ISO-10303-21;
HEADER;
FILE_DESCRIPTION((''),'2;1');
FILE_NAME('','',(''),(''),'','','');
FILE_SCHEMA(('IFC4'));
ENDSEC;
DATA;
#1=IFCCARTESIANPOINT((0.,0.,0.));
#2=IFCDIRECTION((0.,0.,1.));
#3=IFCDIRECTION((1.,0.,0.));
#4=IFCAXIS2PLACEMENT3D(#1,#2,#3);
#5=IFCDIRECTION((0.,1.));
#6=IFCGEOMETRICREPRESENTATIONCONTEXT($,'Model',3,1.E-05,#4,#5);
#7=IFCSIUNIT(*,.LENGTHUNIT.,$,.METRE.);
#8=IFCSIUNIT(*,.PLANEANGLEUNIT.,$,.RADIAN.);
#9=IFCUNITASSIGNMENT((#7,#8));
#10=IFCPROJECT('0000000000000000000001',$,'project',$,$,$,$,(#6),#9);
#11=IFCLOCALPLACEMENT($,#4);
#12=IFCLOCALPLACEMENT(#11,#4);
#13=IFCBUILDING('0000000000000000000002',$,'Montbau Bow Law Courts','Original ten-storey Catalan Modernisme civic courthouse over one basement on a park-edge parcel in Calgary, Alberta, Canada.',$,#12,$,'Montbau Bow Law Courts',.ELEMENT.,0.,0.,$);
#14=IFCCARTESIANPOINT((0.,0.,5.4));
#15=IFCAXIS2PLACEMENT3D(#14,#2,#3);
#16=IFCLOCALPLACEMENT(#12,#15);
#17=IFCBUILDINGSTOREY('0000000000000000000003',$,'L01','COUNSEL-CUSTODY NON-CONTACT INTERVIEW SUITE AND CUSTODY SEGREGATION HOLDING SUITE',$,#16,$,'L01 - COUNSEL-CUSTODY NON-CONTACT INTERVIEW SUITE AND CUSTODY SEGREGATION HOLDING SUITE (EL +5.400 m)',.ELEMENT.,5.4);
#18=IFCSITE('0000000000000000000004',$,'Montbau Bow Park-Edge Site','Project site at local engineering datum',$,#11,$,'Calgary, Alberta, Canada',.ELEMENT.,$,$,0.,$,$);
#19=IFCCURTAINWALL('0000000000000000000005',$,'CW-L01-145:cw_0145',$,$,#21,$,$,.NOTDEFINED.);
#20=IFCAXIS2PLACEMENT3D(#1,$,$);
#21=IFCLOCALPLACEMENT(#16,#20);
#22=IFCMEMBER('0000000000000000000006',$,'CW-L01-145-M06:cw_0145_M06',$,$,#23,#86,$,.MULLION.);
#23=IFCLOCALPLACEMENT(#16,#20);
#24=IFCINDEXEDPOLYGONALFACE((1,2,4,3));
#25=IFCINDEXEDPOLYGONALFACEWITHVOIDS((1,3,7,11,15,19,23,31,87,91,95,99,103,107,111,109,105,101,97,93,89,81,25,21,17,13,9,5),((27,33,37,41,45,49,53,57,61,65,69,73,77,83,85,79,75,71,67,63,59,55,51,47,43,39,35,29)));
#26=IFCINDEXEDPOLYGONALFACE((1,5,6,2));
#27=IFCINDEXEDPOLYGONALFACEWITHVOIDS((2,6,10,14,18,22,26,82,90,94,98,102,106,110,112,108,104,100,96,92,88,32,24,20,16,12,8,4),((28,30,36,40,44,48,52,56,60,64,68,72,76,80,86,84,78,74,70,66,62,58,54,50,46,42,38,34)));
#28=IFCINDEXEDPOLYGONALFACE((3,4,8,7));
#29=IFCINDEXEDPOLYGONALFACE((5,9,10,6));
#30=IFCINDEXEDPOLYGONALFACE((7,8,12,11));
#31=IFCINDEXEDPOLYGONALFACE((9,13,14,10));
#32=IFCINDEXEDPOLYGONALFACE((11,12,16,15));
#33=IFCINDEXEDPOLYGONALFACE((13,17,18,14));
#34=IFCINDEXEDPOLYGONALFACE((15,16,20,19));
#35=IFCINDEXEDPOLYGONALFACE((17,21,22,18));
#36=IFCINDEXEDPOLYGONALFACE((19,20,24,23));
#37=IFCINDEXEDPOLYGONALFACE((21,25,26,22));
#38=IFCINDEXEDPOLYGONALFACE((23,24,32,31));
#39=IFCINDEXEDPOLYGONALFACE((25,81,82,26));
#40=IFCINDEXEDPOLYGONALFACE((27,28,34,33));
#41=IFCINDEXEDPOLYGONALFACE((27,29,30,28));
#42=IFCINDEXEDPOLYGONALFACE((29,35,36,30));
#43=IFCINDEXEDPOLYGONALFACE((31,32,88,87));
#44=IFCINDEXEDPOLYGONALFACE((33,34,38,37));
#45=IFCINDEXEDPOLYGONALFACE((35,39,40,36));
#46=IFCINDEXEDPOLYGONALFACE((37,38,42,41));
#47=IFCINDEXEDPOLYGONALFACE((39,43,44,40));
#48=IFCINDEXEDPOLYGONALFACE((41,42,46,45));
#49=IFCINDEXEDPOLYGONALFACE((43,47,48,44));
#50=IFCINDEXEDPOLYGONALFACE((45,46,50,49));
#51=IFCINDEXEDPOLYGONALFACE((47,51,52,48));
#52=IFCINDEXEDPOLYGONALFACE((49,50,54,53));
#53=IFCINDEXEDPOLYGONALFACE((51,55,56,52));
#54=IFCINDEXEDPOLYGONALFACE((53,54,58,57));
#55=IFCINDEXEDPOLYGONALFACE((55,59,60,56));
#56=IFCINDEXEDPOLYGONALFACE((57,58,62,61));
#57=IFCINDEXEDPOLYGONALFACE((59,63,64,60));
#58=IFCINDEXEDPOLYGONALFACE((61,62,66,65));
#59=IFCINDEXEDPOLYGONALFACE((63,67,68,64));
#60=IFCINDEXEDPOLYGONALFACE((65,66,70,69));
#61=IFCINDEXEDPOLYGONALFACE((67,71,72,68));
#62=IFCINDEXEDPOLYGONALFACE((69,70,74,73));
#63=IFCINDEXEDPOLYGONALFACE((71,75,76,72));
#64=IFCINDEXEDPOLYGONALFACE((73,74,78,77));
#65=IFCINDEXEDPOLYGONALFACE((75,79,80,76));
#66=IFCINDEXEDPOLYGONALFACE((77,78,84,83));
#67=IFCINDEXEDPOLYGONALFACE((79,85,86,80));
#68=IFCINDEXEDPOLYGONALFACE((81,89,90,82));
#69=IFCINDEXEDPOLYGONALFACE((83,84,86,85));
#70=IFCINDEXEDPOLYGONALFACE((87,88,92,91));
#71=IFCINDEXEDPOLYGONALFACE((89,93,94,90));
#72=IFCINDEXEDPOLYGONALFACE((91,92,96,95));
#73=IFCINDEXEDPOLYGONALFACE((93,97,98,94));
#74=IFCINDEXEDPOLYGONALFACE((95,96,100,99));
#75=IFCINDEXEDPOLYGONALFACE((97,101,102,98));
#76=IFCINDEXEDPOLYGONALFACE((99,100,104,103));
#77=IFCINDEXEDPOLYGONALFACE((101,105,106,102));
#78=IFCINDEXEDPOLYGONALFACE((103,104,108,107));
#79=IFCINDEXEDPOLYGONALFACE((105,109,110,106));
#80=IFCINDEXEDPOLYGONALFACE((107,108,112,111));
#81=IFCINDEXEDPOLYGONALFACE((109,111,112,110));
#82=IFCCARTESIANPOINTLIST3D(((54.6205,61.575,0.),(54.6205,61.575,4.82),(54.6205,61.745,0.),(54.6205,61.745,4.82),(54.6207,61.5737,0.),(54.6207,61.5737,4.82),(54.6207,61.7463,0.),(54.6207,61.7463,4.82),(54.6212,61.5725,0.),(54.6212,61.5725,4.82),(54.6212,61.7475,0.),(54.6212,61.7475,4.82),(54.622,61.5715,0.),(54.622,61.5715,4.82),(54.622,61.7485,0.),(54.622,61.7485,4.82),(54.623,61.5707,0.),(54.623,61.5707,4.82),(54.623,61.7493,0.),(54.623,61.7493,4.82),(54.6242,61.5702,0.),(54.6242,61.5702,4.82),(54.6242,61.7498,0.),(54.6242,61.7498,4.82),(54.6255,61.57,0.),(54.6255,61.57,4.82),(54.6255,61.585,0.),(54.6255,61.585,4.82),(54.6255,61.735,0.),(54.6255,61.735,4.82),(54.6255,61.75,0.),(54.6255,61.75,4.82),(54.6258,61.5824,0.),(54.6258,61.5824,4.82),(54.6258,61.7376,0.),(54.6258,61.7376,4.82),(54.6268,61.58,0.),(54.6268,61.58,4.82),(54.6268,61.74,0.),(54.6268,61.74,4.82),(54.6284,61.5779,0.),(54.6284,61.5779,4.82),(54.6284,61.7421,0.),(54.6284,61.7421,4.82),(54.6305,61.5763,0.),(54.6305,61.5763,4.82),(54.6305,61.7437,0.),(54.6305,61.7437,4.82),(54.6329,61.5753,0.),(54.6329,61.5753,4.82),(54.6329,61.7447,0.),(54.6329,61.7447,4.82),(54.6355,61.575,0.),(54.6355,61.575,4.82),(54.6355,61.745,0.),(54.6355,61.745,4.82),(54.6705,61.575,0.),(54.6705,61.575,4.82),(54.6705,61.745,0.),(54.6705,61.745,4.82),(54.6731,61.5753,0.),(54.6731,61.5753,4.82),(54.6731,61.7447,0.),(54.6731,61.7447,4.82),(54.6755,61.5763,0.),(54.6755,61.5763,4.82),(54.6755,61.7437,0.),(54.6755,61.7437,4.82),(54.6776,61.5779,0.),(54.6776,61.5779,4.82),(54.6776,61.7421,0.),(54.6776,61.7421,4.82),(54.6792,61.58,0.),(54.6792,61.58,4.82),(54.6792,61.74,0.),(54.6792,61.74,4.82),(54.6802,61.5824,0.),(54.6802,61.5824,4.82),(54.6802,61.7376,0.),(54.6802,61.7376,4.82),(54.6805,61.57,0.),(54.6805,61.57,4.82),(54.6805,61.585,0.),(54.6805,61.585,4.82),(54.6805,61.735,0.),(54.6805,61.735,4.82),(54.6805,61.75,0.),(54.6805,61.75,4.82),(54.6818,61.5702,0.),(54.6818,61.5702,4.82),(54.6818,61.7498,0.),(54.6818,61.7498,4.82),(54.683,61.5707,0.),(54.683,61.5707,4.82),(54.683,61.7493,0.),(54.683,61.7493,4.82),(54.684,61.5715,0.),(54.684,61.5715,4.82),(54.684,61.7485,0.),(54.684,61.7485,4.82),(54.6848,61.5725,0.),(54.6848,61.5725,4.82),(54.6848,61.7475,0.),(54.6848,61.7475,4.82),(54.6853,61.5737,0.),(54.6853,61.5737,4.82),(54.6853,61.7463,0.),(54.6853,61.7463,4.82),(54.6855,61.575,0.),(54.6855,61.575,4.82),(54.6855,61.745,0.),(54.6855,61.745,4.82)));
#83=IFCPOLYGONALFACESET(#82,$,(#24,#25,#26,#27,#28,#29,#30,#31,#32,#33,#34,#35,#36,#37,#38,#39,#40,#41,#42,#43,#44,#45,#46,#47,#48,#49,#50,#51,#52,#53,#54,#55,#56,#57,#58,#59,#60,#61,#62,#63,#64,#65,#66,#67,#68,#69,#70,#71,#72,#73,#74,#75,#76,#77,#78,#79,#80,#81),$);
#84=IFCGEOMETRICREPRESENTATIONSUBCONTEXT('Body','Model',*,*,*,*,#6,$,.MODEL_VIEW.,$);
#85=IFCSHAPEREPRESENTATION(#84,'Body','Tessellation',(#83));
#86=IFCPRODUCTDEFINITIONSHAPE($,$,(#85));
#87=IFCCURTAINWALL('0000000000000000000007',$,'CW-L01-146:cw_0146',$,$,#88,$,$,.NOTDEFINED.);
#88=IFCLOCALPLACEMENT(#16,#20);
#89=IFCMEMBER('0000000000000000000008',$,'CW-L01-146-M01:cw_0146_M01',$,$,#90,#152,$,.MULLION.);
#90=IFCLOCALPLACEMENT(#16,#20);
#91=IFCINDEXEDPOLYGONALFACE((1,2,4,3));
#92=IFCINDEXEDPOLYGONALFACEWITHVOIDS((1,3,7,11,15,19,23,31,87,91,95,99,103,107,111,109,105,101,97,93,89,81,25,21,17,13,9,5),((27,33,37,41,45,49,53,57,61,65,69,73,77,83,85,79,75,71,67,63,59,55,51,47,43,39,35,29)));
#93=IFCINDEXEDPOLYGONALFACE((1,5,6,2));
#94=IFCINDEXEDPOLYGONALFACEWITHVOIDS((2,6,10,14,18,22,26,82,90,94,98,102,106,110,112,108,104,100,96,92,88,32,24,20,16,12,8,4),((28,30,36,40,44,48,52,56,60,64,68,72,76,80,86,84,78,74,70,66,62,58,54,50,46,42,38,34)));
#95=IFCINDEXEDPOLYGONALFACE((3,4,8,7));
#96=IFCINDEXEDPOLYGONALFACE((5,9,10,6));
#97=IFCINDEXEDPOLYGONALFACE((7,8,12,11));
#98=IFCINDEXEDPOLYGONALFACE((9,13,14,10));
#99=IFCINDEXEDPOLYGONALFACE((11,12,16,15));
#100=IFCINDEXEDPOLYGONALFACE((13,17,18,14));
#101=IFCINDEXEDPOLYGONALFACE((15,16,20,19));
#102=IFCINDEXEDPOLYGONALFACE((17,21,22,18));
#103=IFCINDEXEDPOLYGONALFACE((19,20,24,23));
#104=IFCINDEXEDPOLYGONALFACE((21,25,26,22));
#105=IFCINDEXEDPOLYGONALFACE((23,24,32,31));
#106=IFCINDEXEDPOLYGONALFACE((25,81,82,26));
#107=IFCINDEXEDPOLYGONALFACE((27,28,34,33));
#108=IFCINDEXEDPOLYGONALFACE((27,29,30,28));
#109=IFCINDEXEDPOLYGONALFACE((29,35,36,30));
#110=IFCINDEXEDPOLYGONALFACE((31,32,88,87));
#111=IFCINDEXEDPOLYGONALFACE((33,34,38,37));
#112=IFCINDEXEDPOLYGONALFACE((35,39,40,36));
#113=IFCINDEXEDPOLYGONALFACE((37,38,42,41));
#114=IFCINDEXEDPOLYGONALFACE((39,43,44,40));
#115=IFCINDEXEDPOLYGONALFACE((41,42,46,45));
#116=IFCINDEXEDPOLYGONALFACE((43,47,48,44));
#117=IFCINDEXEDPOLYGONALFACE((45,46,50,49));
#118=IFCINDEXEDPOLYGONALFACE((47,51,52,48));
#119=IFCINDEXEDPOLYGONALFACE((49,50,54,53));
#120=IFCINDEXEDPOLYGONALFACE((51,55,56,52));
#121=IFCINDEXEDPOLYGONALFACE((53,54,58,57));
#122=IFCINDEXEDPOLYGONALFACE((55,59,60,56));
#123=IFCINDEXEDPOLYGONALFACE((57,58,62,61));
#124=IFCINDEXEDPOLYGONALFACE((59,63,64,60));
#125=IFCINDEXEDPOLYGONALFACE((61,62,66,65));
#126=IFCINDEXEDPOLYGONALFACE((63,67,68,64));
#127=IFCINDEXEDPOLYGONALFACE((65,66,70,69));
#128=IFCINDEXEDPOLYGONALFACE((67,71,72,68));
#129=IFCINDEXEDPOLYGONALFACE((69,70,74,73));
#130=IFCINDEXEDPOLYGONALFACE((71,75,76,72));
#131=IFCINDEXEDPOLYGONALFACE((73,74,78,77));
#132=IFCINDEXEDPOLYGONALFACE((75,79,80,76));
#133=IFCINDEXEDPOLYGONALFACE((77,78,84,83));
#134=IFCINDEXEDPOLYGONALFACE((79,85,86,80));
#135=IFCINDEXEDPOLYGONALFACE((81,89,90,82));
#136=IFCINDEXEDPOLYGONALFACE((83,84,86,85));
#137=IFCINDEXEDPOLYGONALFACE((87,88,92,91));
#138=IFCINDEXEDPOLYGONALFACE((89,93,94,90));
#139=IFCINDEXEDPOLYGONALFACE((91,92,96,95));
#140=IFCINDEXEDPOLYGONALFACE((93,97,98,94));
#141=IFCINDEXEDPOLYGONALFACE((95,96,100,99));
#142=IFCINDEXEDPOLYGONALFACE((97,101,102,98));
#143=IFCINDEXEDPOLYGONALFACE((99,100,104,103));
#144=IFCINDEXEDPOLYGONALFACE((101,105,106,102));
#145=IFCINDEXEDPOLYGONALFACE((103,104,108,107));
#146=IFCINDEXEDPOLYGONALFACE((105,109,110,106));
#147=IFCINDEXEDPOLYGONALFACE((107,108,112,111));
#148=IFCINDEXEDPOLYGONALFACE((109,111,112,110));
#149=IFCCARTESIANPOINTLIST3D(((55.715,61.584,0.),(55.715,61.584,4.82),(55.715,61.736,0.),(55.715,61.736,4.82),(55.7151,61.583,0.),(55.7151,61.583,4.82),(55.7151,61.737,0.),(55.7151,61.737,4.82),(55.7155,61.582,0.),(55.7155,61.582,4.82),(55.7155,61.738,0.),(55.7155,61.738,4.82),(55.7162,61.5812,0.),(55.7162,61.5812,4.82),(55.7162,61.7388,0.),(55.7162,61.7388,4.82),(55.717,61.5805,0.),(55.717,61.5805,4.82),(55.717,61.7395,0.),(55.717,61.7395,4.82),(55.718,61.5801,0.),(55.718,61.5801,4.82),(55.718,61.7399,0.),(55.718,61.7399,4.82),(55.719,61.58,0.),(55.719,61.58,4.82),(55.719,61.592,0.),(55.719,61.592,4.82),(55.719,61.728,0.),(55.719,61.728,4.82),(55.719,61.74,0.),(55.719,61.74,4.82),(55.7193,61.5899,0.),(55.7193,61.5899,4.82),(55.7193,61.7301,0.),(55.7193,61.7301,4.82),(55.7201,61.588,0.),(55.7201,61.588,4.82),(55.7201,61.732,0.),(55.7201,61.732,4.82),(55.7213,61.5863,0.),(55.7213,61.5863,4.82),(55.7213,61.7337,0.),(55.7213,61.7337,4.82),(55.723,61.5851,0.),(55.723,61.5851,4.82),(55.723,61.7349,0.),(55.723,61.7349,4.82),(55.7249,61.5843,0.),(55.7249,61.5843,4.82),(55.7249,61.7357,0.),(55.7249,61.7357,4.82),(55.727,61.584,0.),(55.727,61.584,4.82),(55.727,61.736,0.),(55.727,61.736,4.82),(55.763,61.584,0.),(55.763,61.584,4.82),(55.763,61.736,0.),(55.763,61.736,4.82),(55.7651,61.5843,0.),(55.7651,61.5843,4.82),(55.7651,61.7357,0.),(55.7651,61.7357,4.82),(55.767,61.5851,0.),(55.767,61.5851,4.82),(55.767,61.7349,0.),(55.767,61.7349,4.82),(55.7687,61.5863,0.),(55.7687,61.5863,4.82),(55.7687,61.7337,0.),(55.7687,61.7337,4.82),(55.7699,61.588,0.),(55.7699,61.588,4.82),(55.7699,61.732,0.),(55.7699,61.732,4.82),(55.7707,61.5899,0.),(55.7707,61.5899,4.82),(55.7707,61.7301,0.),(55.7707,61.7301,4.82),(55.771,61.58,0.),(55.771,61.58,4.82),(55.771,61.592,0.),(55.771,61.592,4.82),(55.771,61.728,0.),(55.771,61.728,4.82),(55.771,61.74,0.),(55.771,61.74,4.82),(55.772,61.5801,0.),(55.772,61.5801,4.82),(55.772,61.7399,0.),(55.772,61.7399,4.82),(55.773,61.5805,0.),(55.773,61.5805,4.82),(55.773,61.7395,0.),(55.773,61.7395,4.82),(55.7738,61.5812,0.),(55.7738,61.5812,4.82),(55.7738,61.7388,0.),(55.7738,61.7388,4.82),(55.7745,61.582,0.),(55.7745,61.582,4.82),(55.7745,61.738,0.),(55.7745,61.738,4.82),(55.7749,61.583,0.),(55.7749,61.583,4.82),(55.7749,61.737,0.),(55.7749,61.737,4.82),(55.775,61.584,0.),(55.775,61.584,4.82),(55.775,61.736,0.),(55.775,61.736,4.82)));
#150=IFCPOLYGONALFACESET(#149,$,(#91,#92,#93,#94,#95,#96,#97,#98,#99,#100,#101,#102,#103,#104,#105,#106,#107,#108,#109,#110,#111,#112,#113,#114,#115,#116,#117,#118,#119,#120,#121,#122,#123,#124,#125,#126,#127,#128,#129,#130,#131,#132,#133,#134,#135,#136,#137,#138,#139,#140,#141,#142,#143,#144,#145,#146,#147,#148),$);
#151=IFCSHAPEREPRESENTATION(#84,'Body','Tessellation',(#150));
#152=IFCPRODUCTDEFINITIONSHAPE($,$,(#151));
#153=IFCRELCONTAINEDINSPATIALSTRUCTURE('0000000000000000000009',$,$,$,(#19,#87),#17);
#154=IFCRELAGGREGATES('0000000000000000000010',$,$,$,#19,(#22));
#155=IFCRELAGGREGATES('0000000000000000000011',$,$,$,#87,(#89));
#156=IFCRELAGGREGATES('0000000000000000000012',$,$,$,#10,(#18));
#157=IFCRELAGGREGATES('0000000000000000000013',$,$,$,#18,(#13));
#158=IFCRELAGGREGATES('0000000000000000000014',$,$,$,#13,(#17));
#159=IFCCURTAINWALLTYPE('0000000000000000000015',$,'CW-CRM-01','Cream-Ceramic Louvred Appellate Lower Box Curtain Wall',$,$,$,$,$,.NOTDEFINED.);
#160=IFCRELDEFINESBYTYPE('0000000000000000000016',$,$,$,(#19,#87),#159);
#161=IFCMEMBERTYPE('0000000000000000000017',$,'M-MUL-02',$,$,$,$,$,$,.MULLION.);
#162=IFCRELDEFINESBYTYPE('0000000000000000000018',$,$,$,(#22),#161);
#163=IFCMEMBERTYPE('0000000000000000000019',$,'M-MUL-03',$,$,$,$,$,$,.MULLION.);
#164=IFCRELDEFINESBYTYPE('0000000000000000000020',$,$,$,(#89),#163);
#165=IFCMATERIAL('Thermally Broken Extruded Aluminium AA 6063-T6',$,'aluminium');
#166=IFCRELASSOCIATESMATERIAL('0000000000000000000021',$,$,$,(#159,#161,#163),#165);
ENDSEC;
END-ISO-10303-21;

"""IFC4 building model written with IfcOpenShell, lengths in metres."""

from ifc_helpers import new_model, si_unit, direction, frame, origin_with_axes, origin_2d_with_axis, place, context, subcontext, project, spatial, hollow_rectangle, extrude, material, material_profile, profile_set, type_object, element, aggregate, save


model = new_model("IFC4")

# Units and contexts
model_context = context("Model", 3, precision=1e-05, world=origin_with_axes(), true_north=direction((0.0, 1.0)))
body_context = subcontext(model_context, "Body", "Model", "MODEL_VIEW")
ifc_project = project(units=[si_unit("LENGTHUNIT", "METRE"), si_unit("PLANEANGLEUNIT", "RADIAN")], contexts=[model_context])

# Site, building, storey
site_placement = place(None, origin_with_axes())
site = spatial("IfcSite", under=ifc_project, at=site_placement, Name="Montbau Bow Park-Edge Site", Description="Project site at local engineering datum", LongName="Calgary, Alberta, Canada", CompositionType="ELEMENT", RefElevation=0.0)
building_placement = place(site_placement, origin_with_axes())
building = spatial("IfcBuilding", under=site, at=building_placement, Name="Montbau Bow Law Courts", Description="Original ten-storey Catalan Modernisme civic courthouse over one basement on a park-edge parcel in Calgary, Alberta, Canada.", LongName="Montbau Bow Law Courts", CompositionType="ELEMENT", ElevationOfRefHeight=0.0, ElevationOfTerrain=0.0)
storey_placement = place(building_placement, frame((0.0, 0.0, 5.4), z_axis=(0.0, 0.0, 1.0), x_axis=(1.0, 0.0, 0.0)))
storey = spatial("IfcBuildingStorey", under=building, at=storey_placement, Name="L01", Description="COUNSEL-CUSTODY NON-CONTACT INTERVIEW SUITE AND CUSTODY SEGREGATION HOLDING SUITE", LongName="L01 - COUNSEL-CUSTODY NON-CONTACT INTERVIEW SUITE AND CUSTODY SEGREGATION HOLDING SUITE (EL +5.400 m)", CompositionType="ELEMENT", Elevation=5.4)

# Curtain walls, members
ifc_material_1 = material(Name="Thermally Broken Extruded Aluminium AA 6063-T6", Category="aluminium")
curtain_wall_type = type_object("IfcCurtainWallType", Name="CW-CRM-01", Description="Cream-Ceramic Louvred Appellate Lower Box Curtain Wall", PredefinedType="NOTDEFINED", material=ifc_material_1)
curtain_wall_1_placement = place(None, frame((47.315, 61.66, 5.4), z_axis=(0.0, 0.0, 1.0), x_axis=(1.0, 0.0, 0.0)))
curtain_wall_1 = element("IfcCurtainWall", 1, at=curtain_wall_1_placement, inside=storey, type_object=curtain_wall_type, Name="CW-L01-145:cw_0145", PredefinedType="NOTDEFINED")
ifc_material_profile_1 = material_profile(ifc_material_1, hollow_rectangle(XDim=0.065, YDim=0.18, WallThickness=0.005, InnerFilletRadius=0.01, OuterFilletRadius=0.005, at=origin_2d_with_axis()), Name="CWM-180X65", Category="Main", Priority=0)
ifc_profile_set_1 = profile_set([ifc_material_profile_1], Name="Thermally Broken Extruded Aluminium AA 6063-T6")
member_type_1 = type_object("IfcMemberType", Name="M-MUL-02", PredefinedType="MULLION", material=ifc_profile_set_1)
member_1_placement = place(None, frame((54.653, 61.66, 5.4), z_axis=(0.0, 0.0, 1.0), x_axis=(1.0, 0.0, 0.0)))
member_1 = element("IfcMember", 2, at=member_1_placement, type_object=member_type_1, Name="CW-L01-145-M06:cw_0145_M06", PredefinedType="MULLION", context=body_context, shape_type="SweptSolid", body=[
    extrude(hollow_rectangle(XDim=0.065, YDim=0.18, WallThickness=0.005, InnerFilletRadius=0.01, OuterFilletRadius=0.005, at=origin_2d_with_axis()), origin_with_axes(), (0.0, 0.0, 1.0), 4.82),
])
curtain_wall_2_placement = place(None, frame((55.715, 61.66, 5.4), z_axis=(0.0, 0.0, 1.0), x_axis=(1.0, 0.0, 0.0)))
curtain_wall_2 = element("IfcCurtainWall", 3, at=curtain_wall_2_placement, inside=storey, type_object=curtain_wall_type, Name="CW-L01-146:cw_0146", PredefinedType="NOTDEFINED")
ifc_material_profile_2 = material_profile(ifc_material_1, hollow_rectangle(XDim=0.06, YDim=0.16, WallThickness=0.004, InnerFilletRadius=0.008, OuterFilletRadius=0.004, at=origin_2d_with_axis()), Name="CWM-160X60", Category="Main", Priority=0)
ifc_profile_set_2 = profile_set([ifc_material_profile_2], Name="Thermally Broken Extruded Aluminium AA 6063-T6")
member_type_2 = type_object("IfcMemberType", Name="M-MUL-03", PredefinedType="MULLION", material=ifc_profile_set_2)
member_2_placement = place(None, frame((55.745, 61.66, 5.4), z_axis=(0.0, 0.0, 1.0), x_axis=(1.0, 0.0, 0.0)))
member_2 = element("IfcMember", 4, at=member_2_placement, type_object=member_type_2, Name="CW-L01-146-M01:cw_0146_M01", PredefinedType="MULLION", context=body_context, shape_type="SweptSolid", body=[
    extrude(hollow_rectangle(XDim=0.06, YDim=0.16, WallThickness=0.004, InnerFilletRadius=0.008, OuterFilletRadius=0.004, at=origin_2d_with_axis()), origin_with_axes(), (0.0, 0.0, 1.0), 4.82),
])

aggregate(curtain_wall_1, [member_1])
aggregate(curtain_wall_2, [member_2])

save(model, "model.ifc")
